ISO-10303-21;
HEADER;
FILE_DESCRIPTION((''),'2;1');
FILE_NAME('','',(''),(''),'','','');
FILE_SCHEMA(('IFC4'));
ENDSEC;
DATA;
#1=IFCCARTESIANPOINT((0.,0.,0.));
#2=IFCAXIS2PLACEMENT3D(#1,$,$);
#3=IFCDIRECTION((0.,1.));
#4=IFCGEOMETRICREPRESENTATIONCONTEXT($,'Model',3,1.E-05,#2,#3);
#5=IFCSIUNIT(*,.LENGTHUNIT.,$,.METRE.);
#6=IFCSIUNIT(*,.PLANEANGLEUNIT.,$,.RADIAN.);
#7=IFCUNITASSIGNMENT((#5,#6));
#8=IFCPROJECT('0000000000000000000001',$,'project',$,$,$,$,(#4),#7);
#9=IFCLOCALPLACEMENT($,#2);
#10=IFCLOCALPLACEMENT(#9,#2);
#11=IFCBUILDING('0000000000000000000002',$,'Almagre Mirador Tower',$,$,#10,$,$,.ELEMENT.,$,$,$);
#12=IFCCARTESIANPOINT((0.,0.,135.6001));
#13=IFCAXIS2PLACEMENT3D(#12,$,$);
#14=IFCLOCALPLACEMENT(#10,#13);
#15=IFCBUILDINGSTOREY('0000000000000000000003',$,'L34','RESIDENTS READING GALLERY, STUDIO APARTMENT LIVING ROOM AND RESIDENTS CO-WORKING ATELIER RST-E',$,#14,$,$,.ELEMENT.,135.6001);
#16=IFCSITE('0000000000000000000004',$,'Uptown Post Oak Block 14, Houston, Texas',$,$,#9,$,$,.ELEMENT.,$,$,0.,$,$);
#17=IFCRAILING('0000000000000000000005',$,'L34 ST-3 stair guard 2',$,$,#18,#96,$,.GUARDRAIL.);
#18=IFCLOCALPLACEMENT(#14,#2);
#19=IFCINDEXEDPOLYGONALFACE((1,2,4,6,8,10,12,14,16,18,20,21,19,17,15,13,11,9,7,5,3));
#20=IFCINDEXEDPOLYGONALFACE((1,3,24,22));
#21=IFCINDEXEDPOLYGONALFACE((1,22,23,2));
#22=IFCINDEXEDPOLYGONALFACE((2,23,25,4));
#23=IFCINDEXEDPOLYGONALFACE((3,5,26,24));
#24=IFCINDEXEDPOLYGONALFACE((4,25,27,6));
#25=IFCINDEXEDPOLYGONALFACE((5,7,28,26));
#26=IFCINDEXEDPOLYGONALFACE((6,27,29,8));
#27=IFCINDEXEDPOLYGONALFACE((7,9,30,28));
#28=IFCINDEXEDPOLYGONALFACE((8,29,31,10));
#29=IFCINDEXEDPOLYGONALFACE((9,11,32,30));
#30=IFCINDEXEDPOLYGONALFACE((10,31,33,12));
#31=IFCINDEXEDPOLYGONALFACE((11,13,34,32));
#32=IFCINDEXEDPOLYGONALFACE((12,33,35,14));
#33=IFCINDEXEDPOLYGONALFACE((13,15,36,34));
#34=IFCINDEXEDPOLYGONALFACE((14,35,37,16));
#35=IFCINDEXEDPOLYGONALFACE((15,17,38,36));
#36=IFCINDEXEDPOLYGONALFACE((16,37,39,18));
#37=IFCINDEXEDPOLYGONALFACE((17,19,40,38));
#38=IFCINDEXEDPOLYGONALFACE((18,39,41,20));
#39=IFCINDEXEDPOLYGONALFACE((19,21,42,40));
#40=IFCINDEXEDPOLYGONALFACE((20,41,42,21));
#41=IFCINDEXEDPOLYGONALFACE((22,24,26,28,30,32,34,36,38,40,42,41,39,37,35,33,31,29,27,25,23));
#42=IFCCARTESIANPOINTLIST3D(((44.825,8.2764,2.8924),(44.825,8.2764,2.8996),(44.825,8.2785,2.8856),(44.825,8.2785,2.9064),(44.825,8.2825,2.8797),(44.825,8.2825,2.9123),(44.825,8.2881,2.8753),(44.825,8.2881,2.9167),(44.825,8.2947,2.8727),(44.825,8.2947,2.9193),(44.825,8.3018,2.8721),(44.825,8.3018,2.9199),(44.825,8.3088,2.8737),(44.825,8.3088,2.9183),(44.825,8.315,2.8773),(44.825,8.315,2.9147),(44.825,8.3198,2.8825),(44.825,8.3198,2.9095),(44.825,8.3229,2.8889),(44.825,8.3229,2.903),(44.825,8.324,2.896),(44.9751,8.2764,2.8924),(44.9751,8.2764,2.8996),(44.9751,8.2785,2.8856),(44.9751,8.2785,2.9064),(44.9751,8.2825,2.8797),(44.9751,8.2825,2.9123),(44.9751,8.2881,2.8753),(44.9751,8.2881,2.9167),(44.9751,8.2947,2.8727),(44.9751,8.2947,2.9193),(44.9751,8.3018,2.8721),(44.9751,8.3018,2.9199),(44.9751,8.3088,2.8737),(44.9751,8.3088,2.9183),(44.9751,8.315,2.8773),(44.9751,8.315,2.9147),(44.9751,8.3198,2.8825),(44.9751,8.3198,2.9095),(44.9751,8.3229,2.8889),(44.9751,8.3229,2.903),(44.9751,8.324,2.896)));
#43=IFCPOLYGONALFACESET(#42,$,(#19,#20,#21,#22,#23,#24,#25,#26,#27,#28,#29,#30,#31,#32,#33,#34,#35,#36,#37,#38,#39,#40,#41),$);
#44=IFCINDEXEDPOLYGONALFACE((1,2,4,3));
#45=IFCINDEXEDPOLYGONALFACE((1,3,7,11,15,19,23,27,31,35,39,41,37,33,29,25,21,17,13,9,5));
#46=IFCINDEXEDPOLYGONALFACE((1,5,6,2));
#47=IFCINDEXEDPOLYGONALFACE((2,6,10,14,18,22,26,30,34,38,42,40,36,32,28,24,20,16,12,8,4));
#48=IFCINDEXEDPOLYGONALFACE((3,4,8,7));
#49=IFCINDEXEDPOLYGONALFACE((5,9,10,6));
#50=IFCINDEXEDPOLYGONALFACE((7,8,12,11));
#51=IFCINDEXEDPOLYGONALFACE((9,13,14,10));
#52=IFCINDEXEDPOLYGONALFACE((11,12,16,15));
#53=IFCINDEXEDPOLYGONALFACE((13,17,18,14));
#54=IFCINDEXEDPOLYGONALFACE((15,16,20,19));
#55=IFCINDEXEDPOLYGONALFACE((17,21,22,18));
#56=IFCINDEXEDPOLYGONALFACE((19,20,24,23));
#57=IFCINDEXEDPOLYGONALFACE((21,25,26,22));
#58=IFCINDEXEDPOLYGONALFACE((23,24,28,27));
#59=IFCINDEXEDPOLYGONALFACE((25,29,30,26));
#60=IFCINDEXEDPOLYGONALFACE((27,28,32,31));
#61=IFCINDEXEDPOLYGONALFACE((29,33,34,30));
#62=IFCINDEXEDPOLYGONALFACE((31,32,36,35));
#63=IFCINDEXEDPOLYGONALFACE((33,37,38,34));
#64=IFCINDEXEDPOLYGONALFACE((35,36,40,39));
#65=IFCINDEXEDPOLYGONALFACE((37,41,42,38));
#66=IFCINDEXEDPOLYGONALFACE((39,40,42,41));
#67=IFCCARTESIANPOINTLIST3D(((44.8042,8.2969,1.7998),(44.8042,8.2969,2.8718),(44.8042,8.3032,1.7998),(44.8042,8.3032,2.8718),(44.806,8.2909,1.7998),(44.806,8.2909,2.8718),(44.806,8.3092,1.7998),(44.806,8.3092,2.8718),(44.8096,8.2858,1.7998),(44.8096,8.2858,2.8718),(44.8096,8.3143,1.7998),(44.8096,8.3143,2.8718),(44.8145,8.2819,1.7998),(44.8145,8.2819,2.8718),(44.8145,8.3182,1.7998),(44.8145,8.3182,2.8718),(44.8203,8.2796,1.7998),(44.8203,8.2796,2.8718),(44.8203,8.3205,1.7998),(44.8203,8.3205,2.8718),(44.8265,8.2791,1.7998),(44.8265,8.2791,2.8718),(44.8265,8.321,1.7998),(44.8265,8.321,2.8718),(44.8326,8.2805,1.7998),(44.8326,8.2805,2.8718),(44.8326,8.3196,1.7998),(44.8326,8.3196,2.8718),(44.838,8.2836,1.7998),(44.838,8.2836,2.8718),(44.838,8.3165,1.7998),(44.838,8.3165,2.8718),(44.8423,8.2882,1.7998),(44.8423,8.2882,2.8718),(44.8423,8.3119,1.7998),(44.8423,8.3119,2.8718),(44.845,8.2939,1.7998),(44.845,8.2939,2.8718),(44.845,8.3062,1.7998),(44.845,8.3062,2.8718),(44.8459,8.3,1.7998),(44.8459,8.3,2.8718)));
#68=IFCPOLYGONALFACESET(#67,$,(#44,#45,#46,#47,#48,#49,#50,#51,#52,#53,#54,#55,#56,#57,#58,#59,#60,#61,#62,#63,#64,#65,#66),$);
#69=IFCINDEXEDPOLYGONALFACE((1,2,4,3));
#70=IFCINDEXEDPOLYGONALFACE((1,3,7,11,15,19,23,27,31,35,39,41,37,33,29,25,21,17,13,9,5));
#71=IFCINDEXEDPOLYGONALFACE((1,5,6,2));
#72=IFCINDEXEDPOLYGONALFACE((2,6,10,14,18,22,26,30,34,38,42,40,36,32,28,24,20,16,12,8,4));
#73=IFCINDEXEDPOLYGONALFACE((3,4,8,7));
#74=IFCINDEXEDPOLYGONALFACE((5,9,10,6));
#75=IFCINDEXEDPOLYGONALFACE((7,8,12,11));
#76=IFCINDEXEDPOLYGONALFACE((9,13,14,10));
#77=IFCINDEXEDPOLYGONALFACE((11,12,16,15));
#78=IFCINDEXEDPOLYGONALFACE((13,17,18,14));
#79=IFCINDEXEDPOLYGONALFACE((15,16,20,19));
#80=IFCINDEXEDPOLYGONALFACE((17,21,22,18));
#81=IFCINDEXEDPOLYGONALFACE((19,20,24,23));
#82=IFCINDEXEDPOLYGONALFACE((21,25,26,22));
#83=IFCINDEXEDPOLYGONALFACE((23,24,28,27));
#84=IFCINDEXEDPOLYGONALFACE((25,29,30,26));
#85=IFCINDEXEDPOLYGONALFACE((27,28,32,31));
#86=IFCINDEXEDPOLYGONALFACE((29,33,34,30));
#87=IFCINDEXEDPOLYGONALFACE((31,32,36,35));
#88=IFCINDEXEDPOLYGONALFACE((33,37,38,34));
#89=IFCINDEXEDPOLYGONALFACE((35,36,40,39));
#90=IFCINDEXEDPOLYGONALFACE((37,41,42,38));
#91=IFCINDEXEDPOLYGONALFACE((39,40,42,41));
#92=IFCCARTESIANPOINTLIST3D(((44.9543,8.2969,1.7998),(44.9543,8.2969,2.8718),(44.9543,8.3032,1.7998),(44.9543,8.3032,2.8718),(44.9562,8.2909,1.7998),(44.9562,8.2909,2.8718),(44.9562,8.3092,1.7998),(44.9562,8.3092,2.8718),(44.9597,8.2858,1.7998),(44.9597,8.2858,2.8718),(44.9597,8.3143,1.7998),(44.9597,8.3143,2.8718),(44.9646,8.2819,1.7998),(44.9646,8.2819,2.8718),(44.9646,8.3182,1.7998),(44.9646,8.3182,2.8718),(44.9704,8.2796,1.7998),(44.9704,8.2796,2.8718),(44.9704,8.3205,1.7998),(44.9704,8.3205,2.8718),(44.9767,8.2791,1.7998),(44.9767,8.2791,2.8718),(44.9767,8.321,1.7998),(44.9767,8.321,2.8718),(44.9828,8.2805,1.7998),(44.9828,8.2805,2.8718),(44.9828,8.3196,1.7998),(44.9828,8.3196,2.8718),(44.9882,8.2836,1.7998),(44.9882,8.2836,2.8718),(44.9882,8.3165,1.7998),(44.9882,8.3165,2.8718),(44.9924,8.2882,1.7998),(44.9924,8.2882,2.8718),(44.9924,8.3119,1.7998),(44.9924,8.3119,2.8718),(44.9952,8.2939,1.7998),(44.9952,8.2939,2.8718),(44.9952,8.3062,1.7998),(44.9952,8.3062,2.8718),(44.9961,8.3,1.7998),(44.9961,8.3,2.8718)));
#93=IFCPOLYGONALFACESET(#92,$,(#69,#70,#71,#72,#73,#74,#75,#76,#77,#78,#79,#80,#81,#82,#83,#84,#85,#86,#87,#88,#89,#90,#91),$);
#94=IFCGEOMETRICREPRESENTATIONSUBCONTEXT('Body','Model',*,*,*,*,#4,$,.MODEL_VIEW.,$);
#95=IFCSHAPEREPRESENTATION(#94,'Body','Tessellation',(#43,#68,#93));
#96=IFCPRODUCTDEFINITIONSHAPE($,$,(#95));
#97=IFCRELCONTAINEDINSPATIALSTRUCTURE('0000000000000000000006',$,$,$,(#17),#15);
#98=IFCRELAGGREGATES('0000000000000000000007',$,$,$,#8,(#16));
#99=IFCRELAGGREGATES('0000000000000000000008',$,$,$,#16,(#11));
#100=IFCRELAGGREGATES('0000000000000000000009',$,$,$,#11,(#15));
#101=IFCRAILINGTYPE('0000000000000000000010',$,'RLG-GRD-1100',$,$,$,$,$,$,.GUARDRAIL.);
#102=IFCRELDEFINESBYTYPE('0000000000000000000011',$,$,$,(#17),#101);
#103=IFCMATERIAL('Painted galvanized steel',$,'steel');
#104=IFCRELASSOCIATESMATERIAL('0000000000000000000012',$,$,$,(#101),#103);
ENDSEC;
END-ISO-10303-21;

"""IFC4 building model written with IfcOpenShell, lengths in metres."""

from ifc_helpers import new_model, si_unit, direction, frame, origin, origin_2d, place, context, subcontext, project, spatial, circle, extrude, material, type_object, element, save


model = new_model("IFC4")

# Units and contexts
model_context = context("Model", 3, precision=1e-05, world=origin(), true_north=direction((0.0, 1.0)))
body_context = subcontext(model_context, "Body", "Model", "MODEL_VIEW")
ifc_project = project(units=[si_unit("LENGTHUNIT", "METRE"), si_unit("PLANEANGLEUNIT", "RADIAN")], contexts=[model_context])

# Site, building, storey
site_placement = place(None, origin())
site = spatial("IfcSite", under=ifc_project, at=site_placement, Name="Uptown Post Oak Block 14, Houston, Texas", CompositionType="ELEMENT", RefElevation=0.0)
building_placement = place(site_placement, origin())
building = spatial("IfcBuilding", under=site, at=building_placement, Name="Almagre Mirador Tower", CompositionType="ELEMENT")
storey_placement = place(building_placement, frame((0.0, 0.0, 135.6001)))
storey = spatial("IfcBuildingStorey", under=building, at=storey_placement, Name="L34", Description="RESIDENTS READING GALLERY, STUDIO APARTMENT LIVING ROOM AND RESIDENTS CO-WORKING ATELIER RST-E", CompositionType="ELEMENT", Elevation=135.6001)

# Railing
ifc_material_1 = material(Name="Painted galvanized steel", Category="steel")
railing_type_1 = type_object("IfcRailingType", Name="RLG-GRD-1100", PredefinedType="GUARDRAIL", material=ifc_material_1)
railing_1_placement = place(storey_placement, frame((44.825, 8.3, 1.7998)))
element("IfcRailing", 1, at=railing_1_placement, inside=storey, type_object=railing_type_1, Name="L34 ST-3 stair guard 2", PredefinedType="GUARDRAIL", context=body_context, shape_type="SweptSolid", body=[
    extrude(circle(Radius=0.0239, at=origin_2d()), frame((0.0, 0.0, 1.0962), z_axis=(1.0, 0.0, 0.0), x_axis=(0.0, 1.0, 0.0)), (0.0, 0.0, 1.0), 0.1501),
    extrude(circle(Radius=0.021, at=origin_2d()), origin(), (0.0, 0.0, 1.0), 1.072),
    extrude(circle(Radius=0.021, at=origin_2d()), frame((0.1501, 0.0, 0.0)), (0.0, 0.0, 1.0), 1.072),
])

save(model, "model.ifc")
